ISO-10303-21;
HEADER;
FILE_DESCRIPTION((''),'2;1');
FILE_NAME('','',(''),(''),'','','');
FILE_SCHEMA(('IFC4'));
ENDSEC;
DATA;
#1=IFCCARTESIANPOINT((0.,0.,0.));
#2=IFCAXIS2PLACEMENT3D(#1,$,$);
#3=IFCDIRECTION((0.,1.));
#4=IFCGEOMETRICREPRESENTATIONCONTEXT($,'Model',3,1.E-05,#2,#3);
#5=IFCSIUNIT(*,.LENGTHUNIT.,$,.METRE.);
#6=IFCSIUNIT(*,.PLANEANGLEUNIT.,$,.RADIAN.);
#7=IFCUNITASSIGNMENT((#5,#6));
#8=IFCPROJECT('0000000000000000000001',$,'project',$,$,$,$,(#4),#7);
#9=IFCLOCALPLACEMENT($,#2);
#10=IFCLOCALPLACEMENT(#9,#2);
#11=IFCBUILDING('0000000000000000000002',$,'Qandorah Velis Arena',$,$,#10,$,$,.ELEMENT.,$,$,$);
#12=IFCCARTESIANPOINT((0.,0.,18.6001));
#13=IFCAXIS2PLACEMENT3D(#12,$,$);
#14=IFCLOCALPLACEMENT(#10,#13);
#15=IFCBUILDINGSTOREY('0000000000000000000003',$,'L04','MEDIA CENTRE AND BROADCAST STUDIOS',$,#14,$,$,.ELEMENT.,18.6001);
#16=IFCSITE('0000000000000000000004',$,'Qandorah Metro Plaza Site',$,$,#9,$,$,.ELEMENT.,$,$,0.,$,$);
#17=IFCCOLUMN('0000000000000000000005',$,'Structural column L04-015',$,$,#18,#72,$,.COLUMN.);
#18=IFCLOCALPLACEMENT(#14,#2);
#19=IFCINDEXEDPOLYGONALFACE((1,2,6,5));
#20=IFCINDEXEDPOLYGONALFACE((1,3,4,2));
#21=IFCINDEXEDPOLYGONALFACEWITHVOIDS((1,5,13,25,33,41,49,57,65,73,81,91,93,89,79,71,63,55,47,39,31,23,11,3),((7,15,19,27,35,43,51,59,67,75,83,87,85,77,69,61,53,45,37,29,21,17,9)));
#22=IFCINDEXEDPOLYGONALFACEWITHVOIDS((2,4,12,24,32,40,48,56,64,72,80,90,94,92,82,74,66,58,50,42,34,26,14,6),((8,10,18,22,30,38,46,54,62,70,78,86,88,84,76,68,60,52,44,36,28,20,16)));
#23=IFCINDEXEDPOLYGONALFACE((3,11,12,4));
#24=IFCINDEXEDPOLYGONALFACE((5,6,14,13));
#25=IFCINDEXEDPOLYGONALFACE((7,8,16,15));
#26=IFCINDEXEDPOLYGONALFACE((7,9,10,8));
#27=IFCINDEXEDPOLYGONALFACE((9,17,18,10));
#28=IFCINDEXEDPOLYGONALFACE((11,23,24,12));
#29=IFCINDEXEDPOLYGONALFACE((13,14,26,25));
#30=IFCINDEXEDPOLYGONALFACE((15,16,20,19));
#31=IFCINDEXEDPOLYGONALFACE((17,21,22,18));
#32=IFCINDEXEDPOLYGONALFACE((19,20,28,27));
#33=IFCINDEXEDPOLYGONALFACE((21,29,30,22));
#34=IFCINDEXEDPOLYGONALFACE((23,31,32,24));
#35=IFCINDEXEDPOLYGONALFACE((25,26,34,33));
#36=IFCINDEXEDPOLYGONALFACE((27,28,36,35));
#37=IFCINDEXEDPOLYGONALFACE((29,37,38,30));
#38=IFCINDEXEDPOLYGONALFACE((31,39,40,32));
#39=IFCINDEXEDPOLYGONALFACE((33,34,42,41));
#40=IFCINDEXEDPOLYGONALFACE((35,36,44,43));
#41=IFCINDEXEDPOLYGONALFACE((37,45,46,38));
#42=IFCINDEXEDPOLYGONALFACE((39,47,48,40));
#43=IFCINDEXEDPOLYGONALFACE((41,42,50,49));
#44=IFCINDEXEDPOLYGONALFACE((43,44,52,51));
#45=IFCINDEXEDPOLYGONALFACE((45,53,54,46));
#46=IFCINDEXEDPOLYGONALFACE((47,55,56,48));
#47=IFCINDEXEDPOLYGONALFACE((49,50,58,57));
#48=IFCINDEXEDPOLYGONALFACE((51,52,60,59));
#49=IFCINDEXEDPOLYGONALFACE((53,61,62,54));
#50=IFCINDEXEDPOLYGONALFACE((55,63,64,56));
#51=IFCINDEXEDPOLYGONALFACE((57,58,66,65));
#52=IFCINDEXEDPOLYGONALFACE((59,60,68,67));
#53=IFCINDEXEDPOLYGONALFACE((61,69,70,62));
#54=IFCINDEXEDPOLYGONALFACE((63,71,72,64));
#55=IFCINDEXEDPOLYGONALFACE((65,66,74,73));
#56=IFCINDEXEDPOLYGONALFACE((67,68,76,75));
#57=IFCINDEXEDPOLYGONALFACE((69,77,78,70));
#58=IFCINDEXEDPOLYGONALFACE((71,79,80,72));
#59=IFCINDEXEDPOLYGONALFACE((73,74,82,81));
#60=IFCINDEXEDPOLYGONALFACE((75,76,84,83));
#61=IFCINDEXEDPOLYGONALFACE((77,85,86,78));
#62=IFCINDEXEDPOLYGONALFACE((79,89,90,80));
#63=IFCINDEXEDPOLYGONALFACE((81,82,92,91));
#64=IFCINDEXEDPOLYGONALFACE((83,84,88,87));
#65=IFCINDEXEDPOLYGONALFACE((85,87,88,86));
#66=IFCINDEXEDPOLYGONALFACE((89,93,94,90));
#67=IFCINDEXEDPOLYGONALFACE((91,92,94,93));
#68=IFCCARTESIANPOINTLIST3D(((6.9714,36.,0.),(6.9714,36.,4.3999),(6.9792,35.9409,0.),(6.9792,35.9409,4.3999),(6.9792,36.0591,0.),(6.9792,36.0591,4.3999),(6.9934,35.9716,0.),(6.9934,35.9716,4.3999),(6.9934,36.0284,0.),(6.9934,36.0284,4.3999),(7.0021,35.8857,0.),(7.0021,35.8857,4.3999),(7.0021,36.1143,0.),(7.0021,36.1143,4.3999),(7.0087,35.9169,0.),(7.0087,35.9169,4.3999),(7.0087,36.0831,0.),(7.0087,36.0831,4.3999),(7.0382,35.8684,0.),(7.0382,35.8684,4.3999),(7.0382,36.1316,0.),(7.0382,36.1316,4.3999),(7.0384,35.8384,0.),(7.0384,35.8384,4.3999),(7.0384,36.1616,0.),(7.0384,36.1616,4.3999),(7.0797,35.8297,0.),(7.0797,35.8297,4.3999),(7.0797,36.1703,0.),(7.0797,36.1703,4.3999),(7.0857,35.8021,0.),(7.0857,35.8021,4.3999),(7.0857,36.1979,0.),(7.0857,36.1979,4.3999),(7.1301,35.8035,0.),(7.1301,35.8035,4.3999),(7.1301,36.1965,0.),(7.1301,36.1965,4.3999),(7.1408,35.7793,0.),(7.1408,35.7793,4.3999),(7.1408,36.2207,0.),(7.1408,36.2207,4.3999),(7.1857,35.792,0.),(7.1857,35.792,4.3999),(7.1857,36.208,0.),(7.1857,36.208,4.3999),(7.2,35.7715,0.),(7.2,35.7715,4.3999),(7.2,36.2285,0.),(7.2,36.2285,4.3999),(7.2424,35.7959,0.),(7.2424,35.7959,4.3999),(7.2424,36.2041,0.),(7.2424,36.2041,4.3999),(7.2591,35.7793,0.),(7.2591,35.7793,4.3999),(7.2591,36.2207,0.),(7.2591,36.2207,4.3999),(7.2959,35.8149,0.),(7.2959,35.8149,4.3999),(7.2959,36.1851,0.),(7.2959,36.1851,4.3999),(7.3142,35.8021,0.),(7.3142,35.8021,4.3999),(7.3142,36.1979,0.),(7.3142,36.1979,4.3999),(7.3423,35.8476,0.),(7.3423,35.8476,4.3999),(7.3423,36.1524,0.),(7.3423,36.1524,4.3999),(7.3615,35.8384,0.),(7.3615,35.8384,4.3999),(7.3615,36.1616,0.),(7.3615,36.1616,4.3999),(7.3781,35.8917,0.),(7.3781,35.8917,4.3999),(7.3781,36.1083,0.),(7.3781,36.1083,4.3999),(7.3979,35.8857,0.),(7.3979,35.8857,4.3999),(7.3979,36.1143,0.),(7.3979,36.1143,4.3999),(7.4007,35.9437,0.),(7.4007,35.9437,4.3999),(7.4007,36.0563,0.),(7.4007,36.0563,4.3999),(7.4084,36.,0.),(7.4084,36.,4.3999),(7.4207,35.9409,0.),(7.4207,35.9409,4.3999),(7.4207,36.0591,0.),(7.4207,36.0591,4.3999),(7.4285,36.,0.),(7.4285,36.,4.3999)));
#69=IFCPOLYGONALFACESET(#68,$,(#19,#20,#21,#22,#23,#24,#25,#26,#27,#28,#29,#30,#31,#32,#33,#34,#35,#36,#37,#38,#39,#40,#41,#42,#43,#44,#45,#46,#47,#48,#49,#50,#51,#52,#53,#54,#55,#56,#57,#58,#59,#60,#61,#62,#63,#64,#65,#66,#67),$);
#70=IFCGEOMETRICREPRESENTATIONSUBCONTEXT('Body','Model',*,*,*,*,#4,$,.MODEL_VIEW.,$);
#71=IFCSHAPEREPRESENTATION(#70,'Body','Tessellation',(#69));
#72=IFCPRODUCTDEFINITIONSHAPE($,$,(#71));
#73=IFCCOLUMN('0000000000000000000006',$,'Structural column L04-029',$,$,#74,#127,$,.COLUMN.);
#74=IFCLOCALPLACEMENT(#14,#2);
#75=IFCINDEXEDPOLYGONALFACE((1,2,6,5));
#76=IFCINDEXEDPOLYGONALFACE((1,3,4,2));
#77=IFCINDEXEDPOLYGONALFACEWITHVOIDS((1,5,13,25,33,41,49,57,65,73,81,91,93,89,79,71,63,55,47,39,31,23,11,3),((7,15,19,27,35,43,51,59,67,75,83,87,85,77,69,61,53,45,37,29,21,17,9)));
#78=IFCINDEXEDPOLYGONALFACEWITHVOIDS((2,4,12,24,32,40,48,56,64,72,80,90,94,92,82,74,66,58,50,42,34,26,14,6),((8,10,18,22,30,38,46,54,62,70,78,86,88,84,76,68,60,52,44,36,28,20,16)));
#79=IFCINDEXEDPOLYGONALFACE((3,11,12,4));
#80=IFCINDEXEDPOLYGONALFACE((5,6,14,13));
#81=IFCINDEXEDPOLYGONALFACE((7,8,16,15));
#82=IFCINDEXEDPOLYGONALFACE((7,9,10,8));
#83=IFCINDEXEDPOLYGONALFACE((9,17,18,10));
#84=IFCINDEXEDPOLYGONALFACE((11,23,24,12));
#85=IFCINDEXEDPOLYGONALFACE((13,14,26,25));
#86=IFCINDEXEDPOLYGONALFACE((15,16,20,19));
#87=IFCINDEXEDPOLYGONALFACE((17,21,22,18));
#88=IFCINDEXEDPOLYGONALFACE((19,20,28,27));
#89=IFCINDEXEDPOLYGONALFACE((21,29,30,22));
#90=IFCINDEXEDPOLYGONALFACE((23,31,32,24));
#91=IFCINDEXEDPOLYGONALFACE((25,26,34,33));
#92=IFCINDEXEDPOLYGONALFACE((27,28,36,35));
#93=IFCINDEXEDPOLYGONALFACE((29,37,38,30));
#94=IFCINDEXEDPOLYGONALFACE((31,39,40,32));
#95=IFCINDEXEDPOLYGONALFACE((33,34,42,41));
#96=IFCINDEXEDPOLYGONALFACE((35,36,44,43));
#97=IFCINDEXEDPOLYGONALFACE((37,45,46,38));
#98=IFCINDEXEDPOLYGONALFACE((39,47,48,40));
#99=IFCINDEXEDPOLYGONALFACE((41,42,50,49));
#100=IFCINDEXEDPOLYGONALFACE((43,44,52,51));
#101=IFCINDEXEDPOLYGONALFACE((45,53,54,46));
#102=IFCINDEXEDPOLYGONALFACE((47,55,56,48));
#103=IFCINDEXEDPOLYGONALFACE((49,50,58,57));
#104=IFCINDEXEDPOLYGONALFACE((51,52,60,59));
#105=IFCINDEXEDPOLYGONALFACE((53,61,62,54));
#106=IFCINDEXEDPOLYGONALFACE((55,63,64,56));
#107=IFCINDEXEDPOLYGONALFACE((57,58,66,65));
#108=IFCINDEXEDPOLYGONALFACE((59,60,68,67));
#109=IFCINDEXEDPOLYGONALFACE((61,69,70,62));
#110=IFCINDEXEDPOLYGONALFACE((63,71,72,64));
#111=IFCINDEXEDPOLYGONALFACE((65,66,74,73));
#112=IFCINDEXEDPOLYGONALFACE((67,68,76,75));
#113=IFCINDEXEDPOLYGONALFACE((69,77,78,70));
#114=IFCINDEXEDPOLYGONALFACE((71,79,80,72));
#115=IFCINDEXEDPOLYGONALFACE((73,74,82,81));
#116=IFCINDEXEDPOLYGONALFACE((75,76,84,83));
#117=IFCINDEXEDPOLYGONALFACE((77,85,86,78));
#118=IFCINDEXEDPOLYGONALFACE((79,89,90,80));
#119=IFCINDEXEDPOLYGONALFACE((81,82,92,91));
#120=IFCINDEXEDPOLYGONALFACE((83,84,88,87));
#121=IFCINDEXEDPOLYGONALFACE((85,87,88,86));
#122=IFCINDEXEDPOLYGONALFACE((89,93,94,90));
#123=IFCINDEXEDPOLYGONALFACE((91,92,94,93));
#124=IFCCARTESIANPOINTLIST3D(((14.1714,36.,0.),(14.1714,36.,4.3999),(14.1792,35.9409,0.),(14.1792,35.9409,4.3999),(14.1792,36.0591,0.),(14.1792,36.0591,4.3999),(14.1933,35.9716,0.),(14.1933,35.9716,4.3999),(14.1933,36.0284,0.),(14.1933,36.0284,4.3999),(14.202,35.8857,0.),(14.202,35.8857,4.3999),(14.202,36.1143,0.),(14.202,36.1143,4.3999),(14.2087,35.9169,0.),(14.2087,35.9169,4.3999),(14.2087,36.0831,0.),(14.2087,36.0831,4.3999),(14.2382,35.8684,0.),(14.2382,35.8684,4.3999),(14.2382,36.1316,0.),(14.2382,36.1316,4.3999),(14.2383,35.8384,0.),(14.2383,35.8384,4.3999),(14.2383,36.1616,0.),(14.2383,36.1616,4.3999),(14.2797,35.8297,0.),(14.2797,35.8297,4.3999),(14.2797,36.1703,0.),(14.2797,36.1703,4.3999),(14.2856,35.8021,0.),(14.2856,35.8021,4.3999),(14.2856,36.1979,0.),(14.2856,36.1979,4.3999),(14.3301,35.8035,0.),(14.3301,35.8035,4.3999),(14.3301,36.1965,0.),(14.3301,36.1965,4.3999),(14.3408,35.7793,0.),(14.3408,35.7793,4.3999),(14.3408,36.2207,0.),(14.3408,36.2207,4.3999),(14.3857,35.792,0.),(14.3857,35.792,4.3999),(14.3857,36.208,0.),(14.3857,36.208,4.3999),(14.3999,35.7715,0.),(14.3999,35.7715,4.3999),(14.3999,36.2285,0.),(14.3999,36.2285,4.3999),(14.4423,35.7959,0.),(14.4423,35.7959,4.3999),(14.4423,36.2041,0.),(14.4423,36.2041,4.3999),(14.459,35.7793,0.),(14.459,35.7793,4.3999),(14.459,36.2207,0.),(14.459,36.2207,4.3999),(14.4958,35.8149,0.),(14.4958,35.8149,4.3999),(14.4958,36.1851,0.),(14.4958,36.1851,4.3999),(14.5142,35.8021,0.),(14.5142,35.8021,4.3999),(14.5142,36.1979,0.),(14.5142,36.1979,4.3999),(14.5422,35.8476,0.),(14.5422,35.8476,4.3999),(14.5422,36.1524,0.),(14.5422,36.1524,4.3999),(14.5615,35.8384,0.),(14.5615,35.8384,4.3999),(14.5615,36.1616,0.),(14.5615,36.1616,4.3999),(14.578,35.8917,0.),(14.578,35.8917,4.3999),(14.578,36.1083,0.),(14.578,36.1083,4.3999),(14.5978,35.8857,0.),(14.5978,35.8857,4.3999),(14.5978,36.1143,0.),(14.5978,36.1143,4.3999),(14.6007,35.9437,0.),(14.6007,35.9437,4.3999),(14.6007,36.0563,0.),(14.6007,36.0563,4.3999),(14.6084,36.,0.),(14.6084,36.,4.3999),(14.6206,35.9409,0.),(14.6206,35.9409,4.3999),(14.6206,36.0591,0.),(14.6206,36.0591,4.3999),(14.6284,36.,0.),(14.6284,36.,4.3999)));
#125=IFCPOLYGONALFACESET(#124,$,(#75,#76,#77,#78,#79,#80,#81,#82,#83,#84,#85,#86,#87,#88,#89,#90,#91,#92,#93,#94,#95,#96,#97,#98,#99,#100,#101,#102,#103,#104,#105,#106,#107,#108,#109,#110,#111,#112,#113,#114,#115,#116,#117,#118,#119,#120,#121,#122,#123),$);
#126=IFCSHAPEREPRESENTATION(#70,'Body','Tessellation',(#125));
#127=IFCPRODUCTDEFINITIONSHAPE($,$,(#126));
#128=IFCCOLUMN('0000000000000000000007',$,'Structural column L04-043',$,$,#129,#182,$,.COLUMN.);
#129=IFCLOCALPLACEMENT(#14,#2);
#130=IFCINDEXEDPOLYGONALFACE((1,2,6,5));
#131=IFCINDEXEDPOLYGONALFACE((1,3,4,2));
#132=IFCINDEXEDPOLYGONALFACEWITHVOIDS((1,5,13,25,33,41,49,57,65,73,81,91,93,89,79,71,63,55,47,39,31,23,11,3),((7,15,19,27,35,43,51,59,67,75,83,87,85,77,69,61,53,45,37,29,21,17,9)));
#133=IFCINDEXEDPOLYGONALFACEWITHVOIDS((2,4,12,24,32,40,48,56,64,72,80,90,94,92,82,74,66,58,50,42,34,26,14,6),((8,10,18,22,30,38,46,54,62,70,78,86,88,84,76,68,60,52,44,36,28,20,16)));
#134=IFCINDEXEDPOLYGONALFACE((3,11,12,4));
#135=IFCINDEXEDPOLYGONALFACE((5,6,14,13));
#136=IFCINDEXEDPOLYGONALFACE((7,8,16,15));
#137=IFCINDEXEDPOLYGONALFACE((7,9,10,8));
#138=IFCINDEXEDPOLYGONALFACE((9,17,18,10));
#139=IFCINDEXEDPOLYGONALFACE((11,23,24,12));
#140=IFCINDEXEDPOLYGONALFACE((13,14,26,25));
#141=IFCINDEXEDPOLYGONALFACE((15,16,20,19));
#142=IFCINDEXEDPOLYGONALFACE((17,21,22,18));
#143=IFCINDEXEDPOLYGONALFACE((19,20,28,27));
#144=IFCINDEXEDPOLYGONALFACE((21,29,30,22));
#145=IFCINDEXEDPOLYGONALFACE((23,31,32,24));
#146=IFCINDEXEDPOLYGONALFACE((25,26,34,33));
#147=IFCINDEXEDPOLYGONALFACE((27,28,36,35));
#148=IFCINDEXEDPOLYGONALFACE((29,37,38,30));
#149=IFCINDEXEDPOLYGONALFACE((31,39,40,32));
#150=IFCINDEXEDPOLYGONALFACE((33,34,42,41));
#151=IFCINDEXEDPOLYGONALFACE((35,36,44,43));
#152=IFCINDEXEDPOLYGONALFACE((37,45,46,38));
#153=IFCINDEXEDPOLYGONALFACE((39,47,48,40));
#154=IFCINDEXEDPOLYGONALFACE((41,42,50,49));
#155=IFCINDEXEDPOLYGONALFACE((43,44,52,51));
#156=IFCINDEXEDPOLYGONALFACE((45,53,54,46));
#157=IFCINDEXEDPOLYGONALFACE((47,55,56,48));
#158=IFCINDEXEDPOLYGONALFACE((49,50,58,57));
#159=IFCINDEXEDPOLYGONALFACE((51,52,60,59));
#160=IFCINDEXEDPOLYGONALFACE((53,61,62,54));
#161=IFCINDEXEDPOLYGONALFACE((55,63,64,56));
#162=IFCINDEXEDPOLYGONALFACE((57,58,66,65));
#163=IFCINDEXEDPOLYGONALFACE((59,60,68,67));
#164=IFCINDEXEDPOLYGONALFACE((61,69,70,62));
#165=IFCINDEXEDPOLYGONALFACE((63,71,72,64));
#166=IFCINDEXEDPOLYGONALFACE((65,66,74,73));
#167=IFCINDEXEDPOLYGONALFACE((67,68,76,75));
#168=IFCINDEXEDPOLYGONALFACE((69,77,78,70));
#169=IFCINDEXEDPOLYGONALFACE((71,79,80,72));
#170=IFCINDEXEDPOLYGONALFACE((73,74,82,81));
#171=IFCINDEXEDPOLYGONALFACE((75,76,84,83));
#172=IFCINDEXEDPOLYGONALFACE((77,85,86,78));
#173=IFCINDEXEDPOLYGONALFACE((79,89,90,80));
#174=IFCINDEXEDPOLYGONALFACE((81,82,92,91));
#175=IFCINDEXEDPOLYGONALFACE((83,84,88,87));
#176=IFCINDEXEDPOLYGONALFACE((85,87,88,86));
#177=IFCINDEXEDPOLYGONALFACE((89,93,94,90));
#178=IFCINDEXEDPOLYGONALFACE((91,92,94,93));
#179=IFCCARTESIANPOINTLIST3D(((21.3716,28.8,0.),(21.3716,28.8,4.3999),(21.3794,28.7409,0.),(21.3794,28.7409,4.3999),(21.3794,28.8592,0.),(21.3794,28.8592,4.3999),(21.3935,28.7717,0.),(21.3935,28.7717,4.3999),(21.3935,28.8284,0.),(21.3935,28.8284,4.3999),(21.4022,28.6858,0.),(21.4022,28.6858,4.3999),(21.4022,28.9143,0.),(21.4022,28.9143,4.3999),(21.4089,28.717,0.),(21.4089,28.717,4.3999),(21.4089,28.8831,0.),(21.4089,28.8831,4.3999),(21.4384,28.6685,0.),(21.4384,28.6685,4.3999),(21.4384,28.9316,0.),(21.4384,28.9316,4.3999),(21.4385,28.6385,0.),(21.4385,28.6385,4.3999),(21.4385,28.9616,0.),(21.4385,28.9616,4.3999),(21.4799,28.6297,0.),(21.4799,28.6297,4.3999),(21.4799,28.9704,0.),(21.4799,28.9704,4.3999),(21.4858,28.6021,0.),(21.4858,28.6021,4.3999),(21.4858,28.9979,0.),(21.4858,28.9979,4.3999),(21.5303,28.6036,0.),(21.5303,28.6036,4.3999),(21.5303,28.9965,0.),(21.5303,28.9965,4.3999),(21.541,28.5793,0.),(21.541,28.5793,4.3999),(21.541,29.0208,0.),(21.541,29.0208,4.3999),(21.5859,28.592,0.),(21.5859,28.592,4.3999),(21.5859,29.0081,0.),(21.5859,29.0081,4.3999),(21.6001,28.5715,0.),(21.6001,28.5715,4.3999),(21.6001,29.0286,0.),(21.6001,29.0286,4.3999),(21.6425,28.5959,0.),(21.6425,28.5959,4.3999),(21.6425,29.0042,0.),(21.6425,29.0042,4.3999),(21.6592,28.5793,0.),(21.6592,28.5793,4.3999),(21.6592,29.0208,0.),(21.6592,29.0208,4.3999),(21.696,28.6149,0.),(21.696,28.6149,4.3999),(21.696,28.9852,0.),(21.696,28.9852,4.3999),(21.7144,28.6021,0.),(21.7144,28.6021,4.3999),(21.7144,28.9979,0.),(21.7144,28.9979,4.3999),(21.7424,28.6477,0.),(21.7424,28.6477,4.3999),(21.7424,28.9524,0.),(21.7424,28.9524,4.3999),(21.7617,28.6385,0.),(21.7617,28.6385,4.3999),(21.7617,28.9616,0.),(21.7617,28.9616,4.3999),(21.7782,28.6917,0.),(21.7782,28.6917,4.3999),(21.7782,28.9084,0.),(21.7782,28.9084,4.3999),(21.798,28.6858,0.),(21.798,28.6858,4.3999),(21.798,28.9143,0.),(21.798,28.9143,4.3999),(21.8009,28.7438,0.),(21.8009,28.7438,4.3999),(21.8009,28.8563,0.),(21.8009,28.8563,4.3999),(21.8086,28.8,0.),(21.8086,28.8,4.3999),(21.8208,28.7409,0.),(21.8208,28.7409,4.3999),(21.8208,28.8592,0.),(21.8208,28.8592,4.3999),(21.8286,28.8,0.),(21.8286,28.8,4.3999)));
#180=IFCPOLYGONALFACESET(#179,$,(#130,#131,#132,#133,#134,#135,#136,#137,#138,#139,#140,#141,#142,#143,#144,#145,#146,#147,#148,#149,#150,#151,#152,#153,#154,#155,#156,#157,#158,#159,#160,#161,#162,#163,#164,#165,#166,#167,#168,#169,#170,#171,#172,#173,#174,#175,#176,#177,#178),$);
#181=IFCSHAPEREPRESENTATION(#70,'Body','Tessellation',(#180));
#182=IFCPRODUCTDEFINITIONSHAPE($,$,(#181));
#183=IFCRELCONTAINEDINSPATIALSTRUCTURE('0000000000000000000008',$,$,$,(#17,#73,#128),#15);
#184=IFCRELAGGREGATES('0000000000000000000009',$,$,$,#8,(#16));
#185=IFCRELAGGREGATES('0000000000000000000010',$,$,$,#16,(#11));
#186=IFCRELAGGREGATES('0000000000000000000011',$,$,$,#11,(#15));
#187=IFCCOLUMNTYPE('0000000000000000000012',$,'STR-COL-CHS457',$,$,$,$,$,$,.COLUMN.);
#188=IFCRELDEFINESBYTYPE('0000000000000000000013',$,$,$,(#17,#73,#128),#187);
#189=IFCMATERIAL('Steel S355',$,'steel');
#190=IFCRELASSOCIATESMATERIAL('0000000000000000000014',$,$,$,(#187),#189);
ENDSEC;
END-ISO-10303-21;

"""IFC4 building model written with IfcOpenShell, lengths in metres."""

from ifc_helpers import new_model, si_unit, direction, frame, origin, origin_2d, place, context, subcontext, project, spatial, hollow_circle, extrude, material, material_profile, profile_set, type_object, element, save


model = new_model("IFC4")

# Units and contexts
model_context = context("Model", 3, precision=1e-05, world=origin(), true_north=direction((0.0, 1.0)))
body_context = subcontext(model_context, "Body", "Model", "MODEL_VIEW")
ifc_project = project(units=[si_unit("LENGTHUNIT", "METRE"), si_unit("PLANEANGLEUNIT", "RADIAN")], contexts=[model_context])

# Site, building, storey
site_placement = place(None, origin())
site = spatial("IfcSite", under=ifc_project, at=site_placement, Name="Qandorah Metro Plaza Site", CompositionType="ELEMENT", RefElevation=0.0)
building_placement = place(site_placement, origin())
building = spatial("IfcBuilding", under=site, at=building_placement, Name="Qandorah Velis Arena", CompositionType="ELEMENT")
storey_placement = place(building_placement, frame((0.0, 0.0, 18.6001)))
storey = spatial("IfcBuildingStorey", under=building, at=storey_placement, Name="L04", Description="MEDIA CENTRE AND BROADCAST STUDIOS", CompositionType="ELEMENT", Elevation=18.6001)

# Columns
ifc_material_1 = material(Name="Steel S355", Category="steel")
ifc_material_profile_1 = material_profile(ifc_material_1, hollow_circle(Radius=0.2285, WallThickness=0.02, at=origin_2d()), Name="CHS 457x20")
ifc_profile_set_1 = profile_set([ifc_material_profile_1], Name="Steel S355")
column_type_1 = type_object("IfcColumnType", Name="STR-COL-CHS457", PredefinedType="COLUMN", material=ifc_profile_set_1)
for number, where, z_axis, x_axis, name in (
    (1, (7.2, 36.0, 0.0), (0.0, 0.0, 1.0), (1.0, 0.0, 0.0), "Structural column L04-015"),
    (2, (14.3999, 36.0, 0.0), (0.0, 0.0, 1.0), (1.0, 0.0, 0.0), "Structural column L04-029"),
    (3, (21.6001, 28.8, 0.0), (0.0, 0.0, 1.0), (1.0, 0.0, 0.0), "Structural column L04-043"),
):
    element("IfcColumn", number, at=place(storey_placement, frame(where, z_axis=z_axis, x_axis=x_axis)), inside=storey, type_object=column_type_1, Name=name, PredefinedType="COLUMN", context=body_context, shape_type="SweptSolid", body=[
        extrude(hollow_circle(Radius=0.2285, WallThickness=0.02, at=origin_2d()), origin(), (0.0, 0.0, 1.0), 4.3999),
    ])

save(model, "model.ifc")
